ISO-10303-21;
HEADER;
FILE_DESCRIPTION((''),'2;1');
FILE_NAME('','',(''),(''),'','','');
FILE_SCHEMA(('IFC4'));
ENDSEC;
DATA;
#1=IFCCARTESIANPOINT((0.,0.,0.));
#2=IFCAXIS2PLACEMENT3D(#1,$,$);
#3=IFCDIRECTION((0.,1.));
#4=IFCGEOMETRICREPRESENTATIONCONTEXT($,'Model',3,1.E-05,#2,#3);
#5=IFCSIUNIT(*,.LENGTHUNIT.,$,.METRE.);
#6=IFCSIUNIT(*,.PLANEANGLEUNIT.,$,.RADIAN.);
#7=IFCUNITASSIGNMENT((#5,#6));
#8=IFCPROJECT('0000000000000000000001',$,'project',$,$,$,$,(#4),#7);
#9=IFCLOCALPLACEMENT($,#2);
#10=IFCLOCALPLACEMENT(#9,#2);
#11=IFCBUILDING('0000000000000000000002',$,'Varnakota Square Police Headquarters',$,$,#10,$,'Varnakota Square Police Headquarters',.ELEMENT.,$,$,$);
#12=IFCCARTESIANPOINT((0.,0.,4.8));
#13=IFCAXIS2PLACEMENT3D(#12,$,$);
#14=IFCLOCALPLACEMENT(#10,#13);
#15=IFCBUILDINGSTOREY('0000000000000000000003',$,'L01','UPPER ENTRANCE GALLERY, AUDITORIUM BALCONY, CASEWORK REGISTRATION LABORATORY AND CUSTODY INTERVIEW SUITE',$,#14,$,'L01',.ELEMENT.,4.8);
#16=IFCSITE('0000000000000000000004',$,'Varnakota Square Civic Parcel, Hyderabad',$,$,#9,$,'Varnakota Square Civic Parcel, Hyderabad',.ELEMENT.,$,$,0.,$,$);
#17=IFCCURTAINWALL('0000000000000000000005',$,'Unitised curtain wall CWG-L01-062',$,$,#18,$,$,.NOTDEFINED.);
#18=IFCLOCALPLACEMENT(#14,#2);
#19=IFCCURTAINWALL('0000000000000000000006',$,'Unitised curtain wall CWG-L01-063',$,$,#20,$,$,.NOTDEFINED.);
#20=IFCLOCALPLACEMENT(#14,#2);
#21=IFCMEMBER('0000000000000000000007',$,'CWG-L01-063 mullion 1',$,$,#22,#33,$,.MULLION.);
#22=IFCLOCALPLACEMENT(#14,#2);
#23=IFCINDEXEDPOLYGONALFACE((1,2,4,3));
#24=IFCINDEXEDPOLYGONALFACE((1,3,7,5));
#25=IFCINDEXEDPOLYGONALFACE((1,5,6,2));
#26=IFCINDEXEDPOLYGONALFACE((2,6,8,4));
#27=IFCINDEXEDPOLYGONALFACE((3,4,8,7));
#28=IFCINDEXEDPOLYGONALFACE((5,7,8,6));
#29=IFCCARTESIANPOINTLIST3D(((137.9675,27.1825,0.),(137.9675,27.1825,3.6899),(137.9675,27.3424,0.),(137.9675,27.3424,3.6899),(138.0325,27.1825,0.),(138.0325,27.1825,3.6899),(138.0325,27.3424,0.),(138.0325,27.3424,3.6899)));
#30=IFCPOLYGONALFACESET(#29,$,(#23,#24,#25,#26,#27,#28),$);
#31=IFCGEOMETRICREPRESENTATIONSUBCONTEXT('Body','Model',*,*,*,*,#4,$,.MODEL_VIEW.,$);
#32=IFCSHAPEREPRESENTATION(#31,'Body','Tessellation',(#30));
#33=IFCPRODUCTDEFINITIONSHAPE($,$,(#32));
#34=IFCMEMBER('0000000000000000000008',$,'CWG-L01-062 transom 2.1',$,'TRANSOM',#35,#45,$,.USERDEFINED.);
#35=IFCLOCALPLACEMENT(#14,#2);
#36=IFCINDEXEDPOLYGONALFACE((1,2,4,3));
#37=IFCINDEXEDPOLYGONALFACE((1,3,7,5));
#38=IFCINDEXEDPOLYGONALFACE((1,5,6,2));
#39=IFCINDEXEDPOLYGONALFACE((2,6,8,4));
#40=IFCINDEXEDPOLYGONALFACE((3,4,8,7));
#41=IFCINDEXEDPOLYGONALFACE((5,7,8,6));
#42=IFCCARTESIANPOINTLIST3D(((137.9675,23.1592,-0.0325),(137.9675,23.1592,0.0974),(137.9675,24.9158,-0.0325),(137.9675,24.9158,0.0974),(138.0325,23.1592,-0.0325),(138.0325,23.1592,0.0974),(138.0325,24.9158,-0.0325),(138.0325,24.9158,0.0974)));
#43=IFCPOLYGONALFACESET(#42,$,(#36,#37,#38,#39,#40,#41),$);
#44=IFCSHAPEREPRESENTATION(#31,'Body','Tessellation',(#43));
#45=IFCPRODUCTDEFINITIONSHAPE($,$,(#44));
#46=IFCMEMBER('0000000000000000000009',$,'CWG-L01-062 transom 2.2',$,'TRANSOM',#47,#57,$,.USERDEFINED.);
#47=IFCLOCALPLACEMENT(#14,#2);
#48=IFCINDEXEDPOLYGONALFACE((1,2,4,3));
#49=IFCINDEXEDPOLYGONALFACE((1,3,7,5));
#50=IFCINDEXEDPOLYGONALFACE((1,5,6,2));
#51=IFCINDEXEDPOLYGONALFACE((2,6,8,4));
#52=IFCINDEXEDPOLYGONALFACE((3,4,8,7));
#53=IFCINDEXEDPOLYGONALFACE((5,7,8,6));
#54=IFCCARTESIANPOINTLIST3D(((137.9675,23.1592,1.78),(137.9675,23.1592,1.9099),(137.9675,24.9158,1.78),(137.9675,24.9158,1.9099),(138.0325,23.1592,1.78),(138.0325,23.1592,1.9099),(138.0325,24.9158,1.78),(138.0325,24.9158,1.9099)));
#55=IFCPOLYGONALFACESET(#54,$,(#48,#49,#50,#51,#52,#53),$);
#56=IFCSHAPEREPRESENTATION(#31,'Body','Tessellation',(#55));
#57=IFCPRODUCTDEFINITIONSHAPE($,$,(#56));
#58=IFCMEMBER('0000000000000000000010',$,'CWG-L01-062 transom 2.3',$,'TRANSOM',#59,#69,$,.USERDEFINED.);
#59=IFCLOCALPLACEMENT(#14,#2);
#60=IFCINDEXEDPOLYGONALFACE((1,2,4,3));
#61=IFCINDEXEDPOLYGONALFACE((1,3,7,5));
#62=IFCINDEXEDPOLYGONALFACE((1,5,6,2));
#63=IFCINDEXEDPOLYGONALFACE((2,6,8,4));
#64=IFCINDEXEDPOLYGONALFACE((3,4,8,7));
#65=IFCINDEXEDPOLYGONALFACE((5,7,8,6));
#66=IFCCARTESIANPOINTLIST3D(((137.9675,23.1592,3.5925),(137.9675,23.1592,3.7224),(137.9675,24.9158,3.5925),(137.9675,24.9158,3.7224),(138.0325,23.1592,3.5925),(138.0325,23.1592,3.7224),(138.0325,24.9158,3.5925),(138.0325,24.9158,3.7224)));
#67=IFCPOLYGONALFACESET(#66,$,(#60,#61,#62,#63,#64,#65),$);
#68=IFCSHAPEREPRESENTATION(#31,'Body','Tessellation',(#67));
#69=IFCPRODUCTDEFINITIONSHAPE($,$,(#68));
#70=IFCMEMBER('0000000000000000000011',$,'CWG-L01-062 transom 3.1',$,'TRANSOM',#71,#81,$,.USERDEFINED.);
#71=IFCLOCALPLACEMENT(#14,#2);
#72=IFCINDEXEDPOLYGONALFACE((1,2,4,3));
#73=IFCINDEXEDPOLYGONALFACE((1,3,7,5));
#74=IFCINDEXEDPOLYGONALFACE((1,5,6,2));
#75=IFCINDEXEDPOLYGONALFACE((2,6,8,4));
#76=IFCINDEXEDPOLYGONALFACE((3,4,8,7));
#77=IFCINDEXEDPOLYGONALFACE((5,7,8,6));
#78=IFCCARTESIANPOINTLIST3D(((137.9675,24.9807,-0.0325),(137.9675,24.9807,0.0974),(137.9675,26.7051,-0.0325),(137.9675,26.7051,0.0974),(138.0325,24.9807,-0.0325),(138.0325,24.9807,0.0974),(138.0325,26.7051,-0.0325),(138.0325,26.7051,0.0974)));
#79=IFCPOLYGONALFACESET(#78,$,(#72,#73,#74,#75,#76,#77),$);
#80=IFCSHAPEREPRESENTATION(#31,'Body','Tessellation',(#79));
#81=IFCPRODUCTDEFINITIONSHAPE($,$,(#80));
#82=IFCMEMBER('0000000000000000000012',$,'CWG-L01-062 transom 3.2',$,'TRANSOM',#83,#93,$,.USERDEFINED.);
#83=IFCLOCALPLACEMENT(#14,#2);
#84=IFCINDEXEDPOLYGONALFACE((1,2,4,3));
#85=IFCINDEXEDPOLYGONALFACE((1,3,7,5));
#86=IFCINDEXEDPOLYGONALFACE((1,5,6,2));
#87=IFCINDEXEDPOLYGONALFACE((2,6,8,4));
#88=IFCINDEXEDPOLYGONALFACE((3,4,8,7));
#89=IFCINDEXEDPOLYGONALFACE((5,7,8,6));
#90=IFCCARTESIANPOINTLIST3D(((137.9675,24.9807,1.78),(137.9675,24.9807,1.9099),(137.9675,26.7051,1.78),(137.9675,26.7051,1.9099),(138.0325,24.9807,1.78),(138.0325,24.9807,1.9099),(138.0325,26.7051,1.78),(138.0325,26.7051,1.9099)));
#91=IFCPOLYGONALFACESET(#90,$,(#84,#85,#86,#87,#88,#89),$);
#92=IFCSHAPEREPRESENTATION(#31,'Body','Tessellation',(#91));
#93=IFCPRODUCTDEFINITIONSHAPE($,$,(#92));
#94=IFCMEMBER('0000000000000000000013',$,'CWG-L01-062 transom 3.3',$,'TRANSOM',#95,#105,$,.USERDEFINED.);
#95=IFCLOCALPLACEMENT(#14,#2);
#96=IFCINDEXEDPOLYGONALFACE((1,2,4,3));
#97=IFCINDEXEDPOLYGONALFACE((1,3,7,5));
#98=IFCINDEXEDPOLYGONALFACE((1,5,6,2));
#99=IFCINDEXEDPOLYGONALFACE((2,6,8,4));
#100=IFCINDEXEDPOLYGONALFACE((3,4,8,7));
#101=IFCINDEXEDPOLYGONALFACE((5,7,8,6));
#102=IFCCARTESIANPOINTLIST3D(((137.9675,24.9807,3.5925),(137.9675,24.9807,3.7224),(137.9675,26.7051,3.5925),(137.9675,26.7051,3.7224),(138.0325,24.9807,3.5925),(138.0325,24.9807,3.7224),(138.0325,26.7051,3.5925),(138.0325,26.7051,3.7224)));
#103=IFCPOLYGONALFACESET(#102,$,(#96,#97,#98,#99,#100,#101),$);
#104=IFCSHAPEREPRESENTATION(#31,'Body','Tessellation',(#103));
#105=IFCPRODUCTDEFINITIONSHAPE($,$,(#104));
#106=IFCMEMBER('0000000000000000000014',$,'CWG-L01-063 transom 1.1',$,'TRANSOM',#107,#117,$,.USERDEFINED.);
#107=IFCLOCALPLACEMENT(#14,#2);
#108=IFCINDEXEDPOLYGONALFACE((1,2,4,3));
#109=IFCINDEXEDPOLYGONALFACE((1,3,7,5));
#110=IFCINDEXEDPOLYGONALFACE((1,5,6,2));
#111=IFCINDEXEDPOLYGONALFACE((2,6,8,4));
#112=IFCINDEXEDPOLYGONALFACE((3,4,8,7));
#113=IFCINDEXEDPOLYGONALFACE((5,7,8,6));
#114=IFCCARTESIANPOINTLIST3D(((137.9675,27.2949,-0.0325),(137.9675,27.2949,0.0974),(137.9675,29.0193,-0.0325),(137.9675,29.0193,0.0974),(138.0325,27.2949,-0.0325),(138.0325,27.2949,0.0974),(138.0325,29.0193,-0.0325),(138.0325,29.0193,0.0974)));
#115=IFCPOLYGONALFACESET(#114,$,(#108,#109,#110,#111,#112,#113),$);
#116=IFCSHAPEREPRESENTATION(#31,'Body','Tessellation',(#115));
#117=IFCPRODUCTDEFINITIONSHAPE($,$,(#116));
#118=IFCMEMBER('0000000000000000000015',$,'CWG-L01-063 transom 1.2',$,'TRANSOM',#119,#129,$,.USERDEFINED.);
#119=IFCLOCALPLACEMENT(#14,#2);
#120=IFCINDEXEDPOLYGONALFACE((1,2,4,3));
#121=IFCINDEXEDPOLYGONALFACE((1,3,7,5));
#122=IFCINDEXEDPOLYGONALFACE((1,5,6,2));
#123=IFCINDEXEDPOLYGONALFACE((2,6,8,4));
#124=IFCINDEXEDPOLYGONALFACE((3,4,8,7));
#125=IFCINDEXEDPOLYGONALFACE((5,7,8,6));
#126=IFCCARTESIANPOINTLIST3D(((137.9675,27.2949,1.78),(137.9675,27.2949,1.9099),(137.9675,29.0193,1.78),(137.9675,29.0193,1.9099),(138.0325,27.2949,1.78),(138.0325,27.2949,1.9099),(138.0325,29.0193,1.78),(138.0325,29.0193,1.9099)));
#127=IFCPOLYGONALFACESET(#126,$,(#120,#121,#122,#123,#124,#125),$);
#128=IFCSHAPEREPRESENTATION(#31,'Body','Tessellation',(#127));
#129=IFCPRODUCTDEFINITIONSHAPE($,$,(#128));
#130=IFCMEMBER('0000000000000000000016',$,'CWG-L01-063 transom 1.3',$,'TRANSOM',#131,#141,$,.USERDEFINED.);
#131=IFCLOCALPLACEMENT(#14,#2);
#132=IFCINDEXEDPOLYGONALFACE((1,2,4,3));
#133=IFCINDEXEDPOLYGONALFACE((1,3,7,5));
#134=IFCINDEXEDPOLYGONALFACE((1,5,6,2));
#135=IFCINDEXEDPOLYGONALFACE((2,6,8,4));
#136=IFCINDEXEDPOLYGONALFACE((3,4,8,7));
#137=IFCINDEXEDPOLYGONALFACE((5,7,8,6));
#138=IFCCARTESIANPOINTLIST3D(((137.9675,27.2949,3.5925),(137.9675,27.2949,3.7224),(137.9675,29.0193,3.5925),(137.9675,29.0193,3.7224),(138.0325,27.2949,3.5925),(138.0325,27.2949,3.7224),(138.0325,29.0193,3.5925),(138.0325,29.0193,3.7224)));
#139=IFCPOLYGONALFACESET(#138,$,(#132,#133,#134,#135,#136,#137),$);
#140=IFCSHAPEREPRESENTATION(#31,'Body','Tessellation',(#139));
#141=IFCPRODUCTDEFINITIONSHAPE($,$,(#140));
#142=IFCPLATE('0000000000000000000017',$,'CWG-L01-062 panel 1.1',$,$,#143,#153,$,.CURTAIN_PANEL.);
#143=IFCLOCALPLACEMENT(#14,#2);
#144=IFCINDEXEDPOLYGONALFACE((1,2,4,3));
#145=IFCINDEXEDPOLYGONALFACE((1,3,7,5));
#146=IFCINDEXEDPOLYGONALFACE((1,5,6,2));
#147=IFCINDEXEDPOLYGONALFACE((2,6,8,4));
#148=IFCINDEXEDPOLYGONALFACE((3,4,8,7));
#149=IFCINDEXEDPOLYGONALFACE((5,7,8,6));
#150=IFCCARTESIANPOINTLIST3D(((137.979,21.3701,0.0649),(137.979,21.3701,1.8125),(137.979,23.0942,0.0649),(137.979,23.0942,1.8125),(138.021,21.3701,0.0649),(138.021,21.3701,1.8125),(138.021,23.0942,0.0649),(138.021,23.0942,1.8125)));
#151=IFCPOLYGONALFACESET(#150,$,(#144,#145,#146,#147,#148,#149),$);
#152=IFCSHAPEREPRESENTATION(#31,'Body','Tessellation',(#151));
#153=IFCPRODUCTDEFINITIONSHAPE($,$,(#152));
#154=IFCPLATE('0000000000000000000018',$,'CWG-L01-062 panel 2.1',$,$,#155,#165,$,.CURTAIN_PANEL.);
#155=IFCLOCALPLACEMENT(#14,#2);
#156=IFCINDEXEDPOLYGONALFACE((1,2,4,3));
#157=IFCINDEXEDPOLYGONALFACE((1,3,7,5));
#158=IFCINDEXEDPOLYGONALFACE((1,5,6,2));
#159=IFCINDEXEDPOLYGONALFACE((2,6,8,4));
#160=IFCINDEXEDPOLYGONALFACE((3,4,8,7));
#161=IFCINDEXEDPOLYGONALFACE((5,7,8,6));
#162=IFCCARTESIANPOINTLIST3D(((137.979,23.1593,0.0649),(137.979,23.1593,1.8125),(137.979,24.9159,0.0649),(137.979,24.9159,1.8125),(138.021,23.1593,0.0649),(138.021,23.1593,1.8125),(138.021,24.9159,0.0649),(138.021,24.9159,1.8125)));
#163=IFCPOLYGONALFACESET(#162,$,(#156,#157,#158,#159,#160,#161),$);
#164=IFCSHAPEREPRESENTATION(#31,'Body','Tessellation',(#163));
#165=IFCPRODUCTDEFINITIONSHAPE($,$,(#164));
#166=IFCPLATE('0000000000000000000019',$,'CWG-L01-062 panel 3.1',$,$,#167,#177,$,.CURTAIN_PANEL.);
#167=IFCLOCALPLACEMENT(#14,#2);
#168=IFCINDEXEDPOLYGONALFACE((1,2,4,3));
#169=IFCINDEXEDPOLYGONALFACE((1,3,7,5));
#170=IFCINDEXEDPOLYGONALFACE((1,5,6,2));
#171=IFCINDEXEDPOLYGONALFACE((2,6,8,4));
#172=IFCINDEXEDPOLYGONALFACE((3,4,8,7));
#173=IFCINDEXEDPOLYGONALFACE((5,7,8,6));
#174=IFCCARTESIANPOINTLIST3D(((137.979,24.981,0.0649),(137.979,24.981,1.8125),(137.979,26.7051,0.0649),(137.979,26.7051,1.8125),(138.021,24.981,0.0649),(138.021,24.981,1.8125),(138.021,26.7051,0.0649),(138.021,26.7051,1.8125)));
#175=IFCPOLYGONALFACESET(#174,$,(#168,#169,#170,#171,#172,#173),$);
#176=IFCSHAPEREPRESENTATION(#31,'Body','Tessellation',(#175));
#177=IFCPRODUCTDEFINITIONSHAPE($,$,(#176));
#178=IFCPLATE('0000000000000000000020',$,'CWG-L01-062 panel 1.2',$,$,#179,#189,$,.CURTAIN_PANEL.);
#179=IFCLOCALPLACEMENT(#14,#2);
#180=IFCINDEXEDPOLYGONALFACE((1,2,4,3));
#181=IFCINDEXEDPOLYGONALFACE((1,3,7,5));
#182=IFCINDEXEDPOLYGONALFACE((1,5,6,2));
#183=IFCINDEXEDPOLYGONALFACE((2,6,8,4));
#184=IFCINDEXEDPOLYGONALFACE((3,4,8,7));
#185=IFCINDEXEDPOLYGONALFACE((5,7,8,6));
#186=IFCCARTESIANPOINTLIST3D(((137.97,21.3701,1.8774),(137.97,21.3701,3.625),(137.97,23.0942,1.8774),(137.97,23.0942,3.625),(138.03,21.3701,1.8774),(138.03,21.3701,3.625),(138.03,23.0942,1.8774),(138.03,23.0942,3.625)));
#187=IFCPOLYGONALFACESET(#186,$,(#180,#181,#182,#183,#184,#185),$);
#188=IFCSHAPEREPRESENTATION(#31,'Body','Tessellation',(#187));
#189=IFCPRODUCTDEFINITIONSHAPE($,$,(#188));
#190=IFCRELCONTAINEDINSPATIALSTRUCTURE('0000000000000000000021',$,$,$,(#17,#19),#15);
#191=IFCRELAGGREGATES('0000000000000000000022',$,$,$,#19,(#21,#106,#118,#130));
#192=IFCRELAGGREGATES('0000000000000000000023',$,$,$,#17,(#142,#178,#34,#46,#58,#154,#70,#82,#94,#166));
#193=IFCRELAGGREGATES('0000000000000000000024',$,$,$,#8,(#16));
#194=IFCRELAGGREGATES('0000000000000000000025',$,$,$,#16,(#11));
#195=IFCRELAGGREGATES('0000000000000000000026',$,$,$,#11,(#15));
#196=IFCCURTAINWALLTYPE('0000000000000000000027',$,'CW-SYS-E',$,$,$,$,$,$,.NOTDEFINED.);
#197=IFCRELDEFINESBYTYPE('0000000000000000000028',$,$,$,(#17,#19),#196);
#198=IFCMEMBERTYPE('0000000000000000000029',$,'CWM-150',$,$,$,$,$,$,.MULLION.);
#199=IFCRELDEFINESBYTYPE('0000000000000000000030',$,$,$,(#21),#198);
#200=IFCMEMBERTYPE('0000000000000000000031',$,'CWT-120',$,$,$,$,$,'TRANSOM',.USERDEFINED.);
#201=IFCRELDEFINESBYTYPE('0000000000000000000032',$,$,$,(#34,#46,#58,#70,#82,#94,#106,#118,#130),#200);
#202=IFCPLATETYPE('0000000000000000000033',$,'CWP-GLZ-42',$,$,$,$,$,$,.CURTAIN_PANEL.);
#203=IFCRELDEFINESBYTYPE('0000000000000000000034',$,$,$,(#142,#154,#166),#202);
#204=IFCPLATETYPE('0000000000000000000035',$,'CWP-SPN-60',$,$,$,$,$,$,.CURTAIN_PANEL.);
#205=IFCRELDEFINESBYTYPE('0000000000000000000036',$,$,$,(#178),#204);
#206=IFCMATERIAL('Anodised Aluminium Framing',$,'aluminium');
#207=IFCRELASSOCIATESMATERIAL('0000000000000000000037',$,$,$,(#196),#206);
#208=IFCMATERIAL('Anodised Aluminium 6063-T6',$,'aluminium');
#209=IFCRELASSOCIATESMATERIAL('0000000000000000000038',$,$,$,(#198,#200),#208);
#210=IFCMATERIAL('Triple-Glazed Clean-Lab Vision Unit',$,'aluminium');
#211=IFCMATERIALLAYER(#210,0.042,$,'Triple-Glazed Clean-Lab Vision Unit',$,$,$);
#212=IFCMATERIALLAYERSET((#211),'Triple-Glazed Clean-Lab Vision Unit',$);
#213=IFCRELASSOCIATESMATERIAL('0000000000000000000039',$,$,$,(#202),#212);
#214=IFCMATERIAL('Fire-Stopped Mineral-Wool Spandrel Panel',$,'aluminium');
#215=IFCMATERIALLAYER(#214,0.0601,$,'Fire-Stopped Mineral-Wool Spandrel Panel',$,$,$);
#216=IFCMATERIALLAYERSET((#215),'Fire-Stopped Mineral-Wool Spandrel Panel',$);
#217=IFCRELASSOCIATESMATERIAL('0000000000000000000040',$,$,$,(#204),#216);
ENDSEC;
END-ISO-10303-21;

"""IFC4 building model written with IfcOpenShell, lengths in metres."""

from ifc_helpers import new_model, si_unit, direction, frame, origin, origin_2d, place, context, subcontext, project, spatial, rectangle, extrude, material, layer, layer_set, material_profile, profile_set, type_object, element, aggregate, save


model = new_model("IFC4")

# Units and contexts
model_context = context("Model", 3, precision=1e-05, world=origin(), true_north=direction((0.0, 1.0)))
body_context = subcontext(model_context, "Body", "Model", "MODEL_VIEW")
ifc_project = project(units=[si_unit("LENGTHUNIT", "METRE"), si_unit("PLANEANGLEUNIT", "RADIAN")], contexts=[model_context])

# Site, building, storey
site_placement = place(None, origin())
site = spatial("IfcSite", under=ifc_project, at=site_placement, Name="Varnakota Square Civic Parcel, Hyderabad", LongName="Varnakota Square Civic Parcel, Hyderabad", CompositionType="ELEMENT", RefElevation=0.0)
building_placement = place(site_placement, origin())
building = spatial("IfcBuilding", under=site, at=building_placement, Name="Varnakota Square Police Headquarters", LongName="Varnakota Square Police Headquarters", CompositionType="ELEMENT")
storey_placement = place(building_placement, frame((0.0, 0.0, 4.8)))
storey = spatial("IfcBuildingStorey", under=building, at=storey_placement, Name="L01", Description="UPPER ENTRANCE GALLERY, AUDITORIUM BALCONY, CASEWORK REGISTRATION LABORATORY AND CUSTODY INTERVIEW SUITE", LongName="L01", CompositionType="ELEMENT", Elevation=4.8)

# Curtain wall
ifc_material_1 = material(Name="Anodised Aluminium Framing", Category="aluminium")
curtain_wall_type = type_object("IfcCurtainWallType", Name="CW-SYS-E", PredefinedType="NOTDEFINED", material=ifc_material_1)
curtain_wall_1_placement = place(storey_placement, origin())
curtain_wall_1 = element("IfcCurtainWall", 1, at=curtain_wall_1_placement, inside=storey, type_object=curtain_wall_type, Name="Unitised curtain wall CWG-L01-062", PredefinedType="NOTDEFINED")
ifc_material_2 = material(Name="Anodised Aluminium 6063-T6", Category="aluminium")
ifc_material_profile_1 = material_profile(ifc_material_2, rectangle(XDim=0.0649, YDim=0.1599, at=origin_2d()), Name="ALU MULLION 65x160")
ifc_profile_set_1 = profile_set([ifc_material_profile_1], Name="Anodised Aluminium 6063-T6")
member_type_1 = type_object("IfcMemberType", Name="CWM-150", PredefinedType="MULLION", material=ifc_profile_set_1)

# Curtain wall, member
curtain_wall_2_placement = place(storey_placement, origin())
curtain_wall_2 = element("IfcCurtainWall", 2, at=curtain_wall_2_placement, inside=storey, type_object=curtain_wall_type, Name="Unitised curtain wall CWG-L01-063", PredefinedType="NOTDEFINED")
member_1_placement = place(storey_placement, frame((138.0, 27.2625, 0.0), z_axis=(0.0, 0.0, 1.0), x_axis=(-1.0, 0.0, 0.0)))
member_1 = element("IfcMember", 3, at=member_1_placement, type_object=member_type_1, Name="CWG-L01-063 mullion 1", PredefinedType="MULLION", context=body_context, shape_type="SweptSolid", body=[
    extrude(rectangle(XDim=0.0649, YDim=0.1599, at=origin_2d()), origin(), (0.0, 0.0, 1.0), 3.6899),
])

# Members
ifc_material_profile_2 = material_profile(ifc_material_2, rectangle(XDim=0.0649, YDim=0.1299, at=origin_2d()), Name="ALU TRANSOM 65x130")
ifc_profile_set_2 = profile_set([ifc_material_profile_2], Name="Anodised Aluminium 6063-T6")
member_type_2 = type_object("IfcMemberType", Name="CWT-120", ElementType="TRANSOM", PredefinedType="USERDEFINED", material=ifc_profile_set_2)
member_2_placement = place(storey_placement, frame((138.0, 23.1592, 0.0325), z_axis=(0.0, 1.0, 0.0), x_axis=(-1.0, 0.0, 0.0)))
member_2 = element("IfcMember", 4, at=member_2_placement, type_object=member_type_2, Name="CWG-L01-062 transom 2.1", ObjectType="TRANSOM", PredefinedType="USERDEFINED", context=body_context, shape_type="SweptSolid", body=[
    extrude(rectangle(XDim=0.0649, YDim=0.1299, at=origin_2d()), origin(), (0.0, 0.0, 1.0), 1.7566),
])
member_3_placement = place(storey_placement, frame((138.0, 23.1592, 1.845), z_axis=(0.0, 1.0, 0.0), x_axis=(-1.0, 0.0, 0.0)))
member_3 = element("IfcMember", 5, at=member_3_placement, type_object=member_type_2, Name="CWG-L01-062 transom 2.2", ObjectType="TRANSOM", PredefinedType="USERDEFINED", context=body_context, shape_type="SweptSolid", body=[
    extrude(rectangle(XDim=0.0649, YDim=0.1299, at=origin_2d()), origin(), (0.0, 0.0, 1.0), 1.7566),
])
member_4_placement = place(storey_placement, frame((138.0, 23.1592, 3.6575), z_axis=(0.0, 1.0, 0.0), x_axis=(-1.0, 0.0, 0.0)))
member_4 = element("IfcMember", 6, at=member_4_placement, type_object=member_type_2, Name="CWG-L01-062 transom 2.3", ObjectType="TRANSOM", PredefinedType="USERDEFINED", context=body_context, shape_type="SweptSolid", body=[
    extrude(rectangle(XDim=0.0649, YDim=0.1299, at=origin_2d()), origin(), (0.0, 0.0, 1.0), 1.7566),
])
member_5_placement = place(storey_placement, frame((138.0, 24.9807, 0.0325), z_axis=(0.0, 1.0, 0.0), x_axis=(-1.0, 0.0, 0.0)))
member_5 = element("IfcMember", 7, at=member_5_placement, type_object=member_type_2, Name="CWG-L01-062 transom 3.1", ObjectType="TRANSOM", PredefinedType="USERDEFINED", context=body_context, shape_type="SweptSolid", body=[
    extrude(rectangle(XDim=0.0649, YDim=0.1299, at=origin_2d()), origin(), (0.0, 0.0, 1.0), 1.7244),
])
member_6_placement = place(storey_placement, frame((138.0, 24.9807, 1.845), z_axis=(0.0, 1.0, 0.0), x_axis=(-1.0, 0.0, 0.0)))
member_6 = element("IfcMember", 8, at=member_6_placement, type_object=member_type_2, Name="CWG-L01-062 transom 3.2", ObjectType="TRANSOM", PredefinedType="USERDEFINED", context=body_context, shape_type="SweptSolid", body=[
    extrude(rectangle(XDim=0.0649, YDim=0.1299, at=origin_2d()), origin(), (0.0, 0.0, 1.0), 1.7244),
])
member_7_placement = place(storey_placement, frame((138.0, 24.9807, 3.6575), z_axis=(0.0, 1.0, 0.0), x_axis=(-1.0, 0.0, 0.0)))
member_7 = element("IfcMember", 9, at=member_7_placement, type_object=member_type_2, Name="CWG-L01-062 transom 3.3", ObjectType="TRANSOM", PredefinedType="USERDEFINED", context=body_context, shape_type="SweptSolid", body=[
    extrude(rectangle(XDim=0.0649, YDim=0.1299, at=origin_2d()), origin(), (0.0, 0.0, 1.0), 1.7244),
])
member_8_placement = place(storey_placement, frame((138.0, 27.2949, 0.0325), z_axis=(0.0, 1.0, 0.0), x_axis=(-1.0, 0.0, 0.0)))
member_8 = element("IfcMember", 10, at=member_8_placement, type_object=member_type_2, Name="CWG-L01-063 transom 1.1", ObjectType="TRANSOM", PredefinedType="USERDEFINED", context=body_context, shape_type="SweptSolid", body=[
    extrude(rectangle(XDim=0.0649, YDim=0.1299, at=origin_2d()), origin(), (0.0, 0.0, 1.0), 1.7244),
])
member_9_placement = place(storey_placement, frame((138.0, 27.2949, 1.845), z_axis=(0.0, 1.0, 0.0), x_axis=(-1.0, 0.0, 0.0)))
member_9 = element("IfcMember", 11, at=member_9_placement, type_object=member_type_2, Name="CWG-L01-063 transom 1.2", ObjectType="TRANSOM", PredefinedType="USERDEFINED", context=body_context, shape_type="SweptSolid", body=[
    extrude(rectangle(XDim=0.0649, YDim=0.1299, at=origin_2d()), origin(), (0.0, 0.0, 1.0), 1.7244),
])
member_10_placement = place(storey_placement, frame((138.0, 27.2949, 3.6575), z_axis=(0.0, 1.0, 0.0), x_axis=(-1.0, 0.0, 0.0)))
member_10 = element("IfcMember", 12, at=member_10_placement, type_object=member_type_2, Name="CWG-L01-063 transom 1.3", ObjectType="TRANSOM", PredefinedType="USERDEFINED", context=body_context, shape_type="SweptSolid", body=[
    extrude(rectangle(XDim=0.0649, YDim=0.1299, at=origin_2d()), origin(), (0.0, 0.0, 1.0), 1.7244),
])
aggregate(curtain_wall_2, [member_1, member_8, member_9, member_10])

# Plates
ifc_material_3 = material(Name="Triple-Glazed Clean-Lab Vision Unit", Category="aluminium")
ifc_layer_1 = layer(ifc_material_3, 0.042, Name="Triple-Glazed Clean-Lab Vision Unit")
ifc_layer_set_1 = layer_set([ifc_layer_1], Name="Triple-Glazed Clean-Lab Vision Unit")
plate_type_1 = type_object("IfcPlateType", Name="CWP-GLZ-42", PredefinedType="CURTAIN_PANEL", material=ifc_layer_set_1)
plate_1_placement = place(storey_placement, frame((138.0, 22.2322, 0.0649), z_axis=(0.0, 0.0, 1.0), x_axis=(0.0, 1.0, 0.0)))
plate_1 = element("IfcPlate", 13, at=plate_1_placement, type_object=plate_type_1, Name="CWG-L01-062 panel 1.1", PredefinedType="CURTAIN_PANEL", context=body_context, shape_type="SweptSolid", body=[
    extrude(rectangle(XDim=1.7241, YDim=0.042, at=origin_2d()), origin(), (0.0, 0.0, 1.0), 1.7476),
])
plate_2_placement = place(storey_placement, frame((138.0, 24.0376, 0.0649), z_axis=(0.0, 0.0, 1.0), x_axis=(0.0, 1.0, 0.0)))
plate_2 = element("IfcPlate", 14, at=plate_2_placement, type_object=plate_type_1, Name="CWG-L01-062 panel 2.1", PredefinedType="CURTAIN_PANEL", context=body_context, shape_type="SweptSolid", body=[
    extrude(rectangle(XDim=1.7566, YDim=0.042, at=origin_2d()), origin(), (0.0, 0.0, 1.0), 1.7476),
])
plate_3_placement = place(storey_placement, frame((138.0, 25.843, 0.0649), z_axis=(0.0, 0.0, 1.0), x_axis=(0.0, 1.0, 0.0)))
plate_3 = element("IfcPlate", 15, at=plate_3_placement, type_object=plate_type_1, Name="CWG-L01-062 panel 3.1", PredefinedType="CURTAIN_PANEL", context=body_context, shape_type="SweptSolid", body=[
    extrude(rectangle(XDim=1.7241, YDim=0.042, at=origin_2d()), origin(), (0.0, 0.0, 1.0), 1.7476),
])
ifc_material_4 = material(Name="Fire-Stopped Mineral-Wool Spandrel Panel", Category="aluminium")
ifc_layer_2 = layer(ifc_material_4, 0.0601, Name="Fire-Stopped Mineral-Wool Spandrel Panel")
ifc_layer_set_2 = layer_set([ifc_layer_2], Name="Fire-Stopped Mineral-Wool Spandrel Panel")
plate_type_2 = type_object("IfcPlateType", Name="CWP-SPN-60", PredefinedType="CURTAIN_PANEL", material=ifc_layer_set_2)
plate_4_placement = place(storey_placement, frame((138.0, 22.2322, 1.8774), z_axis=(0.0, 0.0, 1.0), x_axis=(0.0, 1.0, 0.0)))
plate_4 = element("IfcPlate", 16, at=plate_4_placement, type_object=plate_type_2, Name="CWG-L01-062 panel 1.2", PredefinedType="CURTAIN_PANEL", context=body_context, shape_type="SweptSolid", body=[
    extrude(rectangle(XDim=1.7241, YDim=0.0601, at=origin_2d()), origin(), (0.0, 0.0, 1.0), 1.7476),
])
aggregate(curtain_wall_1, [plate_1, plate_4, member_2, member_3, member_4, plate_2, member_5, member_6, member_7, plate_3])

save(model, "model.ifc")
